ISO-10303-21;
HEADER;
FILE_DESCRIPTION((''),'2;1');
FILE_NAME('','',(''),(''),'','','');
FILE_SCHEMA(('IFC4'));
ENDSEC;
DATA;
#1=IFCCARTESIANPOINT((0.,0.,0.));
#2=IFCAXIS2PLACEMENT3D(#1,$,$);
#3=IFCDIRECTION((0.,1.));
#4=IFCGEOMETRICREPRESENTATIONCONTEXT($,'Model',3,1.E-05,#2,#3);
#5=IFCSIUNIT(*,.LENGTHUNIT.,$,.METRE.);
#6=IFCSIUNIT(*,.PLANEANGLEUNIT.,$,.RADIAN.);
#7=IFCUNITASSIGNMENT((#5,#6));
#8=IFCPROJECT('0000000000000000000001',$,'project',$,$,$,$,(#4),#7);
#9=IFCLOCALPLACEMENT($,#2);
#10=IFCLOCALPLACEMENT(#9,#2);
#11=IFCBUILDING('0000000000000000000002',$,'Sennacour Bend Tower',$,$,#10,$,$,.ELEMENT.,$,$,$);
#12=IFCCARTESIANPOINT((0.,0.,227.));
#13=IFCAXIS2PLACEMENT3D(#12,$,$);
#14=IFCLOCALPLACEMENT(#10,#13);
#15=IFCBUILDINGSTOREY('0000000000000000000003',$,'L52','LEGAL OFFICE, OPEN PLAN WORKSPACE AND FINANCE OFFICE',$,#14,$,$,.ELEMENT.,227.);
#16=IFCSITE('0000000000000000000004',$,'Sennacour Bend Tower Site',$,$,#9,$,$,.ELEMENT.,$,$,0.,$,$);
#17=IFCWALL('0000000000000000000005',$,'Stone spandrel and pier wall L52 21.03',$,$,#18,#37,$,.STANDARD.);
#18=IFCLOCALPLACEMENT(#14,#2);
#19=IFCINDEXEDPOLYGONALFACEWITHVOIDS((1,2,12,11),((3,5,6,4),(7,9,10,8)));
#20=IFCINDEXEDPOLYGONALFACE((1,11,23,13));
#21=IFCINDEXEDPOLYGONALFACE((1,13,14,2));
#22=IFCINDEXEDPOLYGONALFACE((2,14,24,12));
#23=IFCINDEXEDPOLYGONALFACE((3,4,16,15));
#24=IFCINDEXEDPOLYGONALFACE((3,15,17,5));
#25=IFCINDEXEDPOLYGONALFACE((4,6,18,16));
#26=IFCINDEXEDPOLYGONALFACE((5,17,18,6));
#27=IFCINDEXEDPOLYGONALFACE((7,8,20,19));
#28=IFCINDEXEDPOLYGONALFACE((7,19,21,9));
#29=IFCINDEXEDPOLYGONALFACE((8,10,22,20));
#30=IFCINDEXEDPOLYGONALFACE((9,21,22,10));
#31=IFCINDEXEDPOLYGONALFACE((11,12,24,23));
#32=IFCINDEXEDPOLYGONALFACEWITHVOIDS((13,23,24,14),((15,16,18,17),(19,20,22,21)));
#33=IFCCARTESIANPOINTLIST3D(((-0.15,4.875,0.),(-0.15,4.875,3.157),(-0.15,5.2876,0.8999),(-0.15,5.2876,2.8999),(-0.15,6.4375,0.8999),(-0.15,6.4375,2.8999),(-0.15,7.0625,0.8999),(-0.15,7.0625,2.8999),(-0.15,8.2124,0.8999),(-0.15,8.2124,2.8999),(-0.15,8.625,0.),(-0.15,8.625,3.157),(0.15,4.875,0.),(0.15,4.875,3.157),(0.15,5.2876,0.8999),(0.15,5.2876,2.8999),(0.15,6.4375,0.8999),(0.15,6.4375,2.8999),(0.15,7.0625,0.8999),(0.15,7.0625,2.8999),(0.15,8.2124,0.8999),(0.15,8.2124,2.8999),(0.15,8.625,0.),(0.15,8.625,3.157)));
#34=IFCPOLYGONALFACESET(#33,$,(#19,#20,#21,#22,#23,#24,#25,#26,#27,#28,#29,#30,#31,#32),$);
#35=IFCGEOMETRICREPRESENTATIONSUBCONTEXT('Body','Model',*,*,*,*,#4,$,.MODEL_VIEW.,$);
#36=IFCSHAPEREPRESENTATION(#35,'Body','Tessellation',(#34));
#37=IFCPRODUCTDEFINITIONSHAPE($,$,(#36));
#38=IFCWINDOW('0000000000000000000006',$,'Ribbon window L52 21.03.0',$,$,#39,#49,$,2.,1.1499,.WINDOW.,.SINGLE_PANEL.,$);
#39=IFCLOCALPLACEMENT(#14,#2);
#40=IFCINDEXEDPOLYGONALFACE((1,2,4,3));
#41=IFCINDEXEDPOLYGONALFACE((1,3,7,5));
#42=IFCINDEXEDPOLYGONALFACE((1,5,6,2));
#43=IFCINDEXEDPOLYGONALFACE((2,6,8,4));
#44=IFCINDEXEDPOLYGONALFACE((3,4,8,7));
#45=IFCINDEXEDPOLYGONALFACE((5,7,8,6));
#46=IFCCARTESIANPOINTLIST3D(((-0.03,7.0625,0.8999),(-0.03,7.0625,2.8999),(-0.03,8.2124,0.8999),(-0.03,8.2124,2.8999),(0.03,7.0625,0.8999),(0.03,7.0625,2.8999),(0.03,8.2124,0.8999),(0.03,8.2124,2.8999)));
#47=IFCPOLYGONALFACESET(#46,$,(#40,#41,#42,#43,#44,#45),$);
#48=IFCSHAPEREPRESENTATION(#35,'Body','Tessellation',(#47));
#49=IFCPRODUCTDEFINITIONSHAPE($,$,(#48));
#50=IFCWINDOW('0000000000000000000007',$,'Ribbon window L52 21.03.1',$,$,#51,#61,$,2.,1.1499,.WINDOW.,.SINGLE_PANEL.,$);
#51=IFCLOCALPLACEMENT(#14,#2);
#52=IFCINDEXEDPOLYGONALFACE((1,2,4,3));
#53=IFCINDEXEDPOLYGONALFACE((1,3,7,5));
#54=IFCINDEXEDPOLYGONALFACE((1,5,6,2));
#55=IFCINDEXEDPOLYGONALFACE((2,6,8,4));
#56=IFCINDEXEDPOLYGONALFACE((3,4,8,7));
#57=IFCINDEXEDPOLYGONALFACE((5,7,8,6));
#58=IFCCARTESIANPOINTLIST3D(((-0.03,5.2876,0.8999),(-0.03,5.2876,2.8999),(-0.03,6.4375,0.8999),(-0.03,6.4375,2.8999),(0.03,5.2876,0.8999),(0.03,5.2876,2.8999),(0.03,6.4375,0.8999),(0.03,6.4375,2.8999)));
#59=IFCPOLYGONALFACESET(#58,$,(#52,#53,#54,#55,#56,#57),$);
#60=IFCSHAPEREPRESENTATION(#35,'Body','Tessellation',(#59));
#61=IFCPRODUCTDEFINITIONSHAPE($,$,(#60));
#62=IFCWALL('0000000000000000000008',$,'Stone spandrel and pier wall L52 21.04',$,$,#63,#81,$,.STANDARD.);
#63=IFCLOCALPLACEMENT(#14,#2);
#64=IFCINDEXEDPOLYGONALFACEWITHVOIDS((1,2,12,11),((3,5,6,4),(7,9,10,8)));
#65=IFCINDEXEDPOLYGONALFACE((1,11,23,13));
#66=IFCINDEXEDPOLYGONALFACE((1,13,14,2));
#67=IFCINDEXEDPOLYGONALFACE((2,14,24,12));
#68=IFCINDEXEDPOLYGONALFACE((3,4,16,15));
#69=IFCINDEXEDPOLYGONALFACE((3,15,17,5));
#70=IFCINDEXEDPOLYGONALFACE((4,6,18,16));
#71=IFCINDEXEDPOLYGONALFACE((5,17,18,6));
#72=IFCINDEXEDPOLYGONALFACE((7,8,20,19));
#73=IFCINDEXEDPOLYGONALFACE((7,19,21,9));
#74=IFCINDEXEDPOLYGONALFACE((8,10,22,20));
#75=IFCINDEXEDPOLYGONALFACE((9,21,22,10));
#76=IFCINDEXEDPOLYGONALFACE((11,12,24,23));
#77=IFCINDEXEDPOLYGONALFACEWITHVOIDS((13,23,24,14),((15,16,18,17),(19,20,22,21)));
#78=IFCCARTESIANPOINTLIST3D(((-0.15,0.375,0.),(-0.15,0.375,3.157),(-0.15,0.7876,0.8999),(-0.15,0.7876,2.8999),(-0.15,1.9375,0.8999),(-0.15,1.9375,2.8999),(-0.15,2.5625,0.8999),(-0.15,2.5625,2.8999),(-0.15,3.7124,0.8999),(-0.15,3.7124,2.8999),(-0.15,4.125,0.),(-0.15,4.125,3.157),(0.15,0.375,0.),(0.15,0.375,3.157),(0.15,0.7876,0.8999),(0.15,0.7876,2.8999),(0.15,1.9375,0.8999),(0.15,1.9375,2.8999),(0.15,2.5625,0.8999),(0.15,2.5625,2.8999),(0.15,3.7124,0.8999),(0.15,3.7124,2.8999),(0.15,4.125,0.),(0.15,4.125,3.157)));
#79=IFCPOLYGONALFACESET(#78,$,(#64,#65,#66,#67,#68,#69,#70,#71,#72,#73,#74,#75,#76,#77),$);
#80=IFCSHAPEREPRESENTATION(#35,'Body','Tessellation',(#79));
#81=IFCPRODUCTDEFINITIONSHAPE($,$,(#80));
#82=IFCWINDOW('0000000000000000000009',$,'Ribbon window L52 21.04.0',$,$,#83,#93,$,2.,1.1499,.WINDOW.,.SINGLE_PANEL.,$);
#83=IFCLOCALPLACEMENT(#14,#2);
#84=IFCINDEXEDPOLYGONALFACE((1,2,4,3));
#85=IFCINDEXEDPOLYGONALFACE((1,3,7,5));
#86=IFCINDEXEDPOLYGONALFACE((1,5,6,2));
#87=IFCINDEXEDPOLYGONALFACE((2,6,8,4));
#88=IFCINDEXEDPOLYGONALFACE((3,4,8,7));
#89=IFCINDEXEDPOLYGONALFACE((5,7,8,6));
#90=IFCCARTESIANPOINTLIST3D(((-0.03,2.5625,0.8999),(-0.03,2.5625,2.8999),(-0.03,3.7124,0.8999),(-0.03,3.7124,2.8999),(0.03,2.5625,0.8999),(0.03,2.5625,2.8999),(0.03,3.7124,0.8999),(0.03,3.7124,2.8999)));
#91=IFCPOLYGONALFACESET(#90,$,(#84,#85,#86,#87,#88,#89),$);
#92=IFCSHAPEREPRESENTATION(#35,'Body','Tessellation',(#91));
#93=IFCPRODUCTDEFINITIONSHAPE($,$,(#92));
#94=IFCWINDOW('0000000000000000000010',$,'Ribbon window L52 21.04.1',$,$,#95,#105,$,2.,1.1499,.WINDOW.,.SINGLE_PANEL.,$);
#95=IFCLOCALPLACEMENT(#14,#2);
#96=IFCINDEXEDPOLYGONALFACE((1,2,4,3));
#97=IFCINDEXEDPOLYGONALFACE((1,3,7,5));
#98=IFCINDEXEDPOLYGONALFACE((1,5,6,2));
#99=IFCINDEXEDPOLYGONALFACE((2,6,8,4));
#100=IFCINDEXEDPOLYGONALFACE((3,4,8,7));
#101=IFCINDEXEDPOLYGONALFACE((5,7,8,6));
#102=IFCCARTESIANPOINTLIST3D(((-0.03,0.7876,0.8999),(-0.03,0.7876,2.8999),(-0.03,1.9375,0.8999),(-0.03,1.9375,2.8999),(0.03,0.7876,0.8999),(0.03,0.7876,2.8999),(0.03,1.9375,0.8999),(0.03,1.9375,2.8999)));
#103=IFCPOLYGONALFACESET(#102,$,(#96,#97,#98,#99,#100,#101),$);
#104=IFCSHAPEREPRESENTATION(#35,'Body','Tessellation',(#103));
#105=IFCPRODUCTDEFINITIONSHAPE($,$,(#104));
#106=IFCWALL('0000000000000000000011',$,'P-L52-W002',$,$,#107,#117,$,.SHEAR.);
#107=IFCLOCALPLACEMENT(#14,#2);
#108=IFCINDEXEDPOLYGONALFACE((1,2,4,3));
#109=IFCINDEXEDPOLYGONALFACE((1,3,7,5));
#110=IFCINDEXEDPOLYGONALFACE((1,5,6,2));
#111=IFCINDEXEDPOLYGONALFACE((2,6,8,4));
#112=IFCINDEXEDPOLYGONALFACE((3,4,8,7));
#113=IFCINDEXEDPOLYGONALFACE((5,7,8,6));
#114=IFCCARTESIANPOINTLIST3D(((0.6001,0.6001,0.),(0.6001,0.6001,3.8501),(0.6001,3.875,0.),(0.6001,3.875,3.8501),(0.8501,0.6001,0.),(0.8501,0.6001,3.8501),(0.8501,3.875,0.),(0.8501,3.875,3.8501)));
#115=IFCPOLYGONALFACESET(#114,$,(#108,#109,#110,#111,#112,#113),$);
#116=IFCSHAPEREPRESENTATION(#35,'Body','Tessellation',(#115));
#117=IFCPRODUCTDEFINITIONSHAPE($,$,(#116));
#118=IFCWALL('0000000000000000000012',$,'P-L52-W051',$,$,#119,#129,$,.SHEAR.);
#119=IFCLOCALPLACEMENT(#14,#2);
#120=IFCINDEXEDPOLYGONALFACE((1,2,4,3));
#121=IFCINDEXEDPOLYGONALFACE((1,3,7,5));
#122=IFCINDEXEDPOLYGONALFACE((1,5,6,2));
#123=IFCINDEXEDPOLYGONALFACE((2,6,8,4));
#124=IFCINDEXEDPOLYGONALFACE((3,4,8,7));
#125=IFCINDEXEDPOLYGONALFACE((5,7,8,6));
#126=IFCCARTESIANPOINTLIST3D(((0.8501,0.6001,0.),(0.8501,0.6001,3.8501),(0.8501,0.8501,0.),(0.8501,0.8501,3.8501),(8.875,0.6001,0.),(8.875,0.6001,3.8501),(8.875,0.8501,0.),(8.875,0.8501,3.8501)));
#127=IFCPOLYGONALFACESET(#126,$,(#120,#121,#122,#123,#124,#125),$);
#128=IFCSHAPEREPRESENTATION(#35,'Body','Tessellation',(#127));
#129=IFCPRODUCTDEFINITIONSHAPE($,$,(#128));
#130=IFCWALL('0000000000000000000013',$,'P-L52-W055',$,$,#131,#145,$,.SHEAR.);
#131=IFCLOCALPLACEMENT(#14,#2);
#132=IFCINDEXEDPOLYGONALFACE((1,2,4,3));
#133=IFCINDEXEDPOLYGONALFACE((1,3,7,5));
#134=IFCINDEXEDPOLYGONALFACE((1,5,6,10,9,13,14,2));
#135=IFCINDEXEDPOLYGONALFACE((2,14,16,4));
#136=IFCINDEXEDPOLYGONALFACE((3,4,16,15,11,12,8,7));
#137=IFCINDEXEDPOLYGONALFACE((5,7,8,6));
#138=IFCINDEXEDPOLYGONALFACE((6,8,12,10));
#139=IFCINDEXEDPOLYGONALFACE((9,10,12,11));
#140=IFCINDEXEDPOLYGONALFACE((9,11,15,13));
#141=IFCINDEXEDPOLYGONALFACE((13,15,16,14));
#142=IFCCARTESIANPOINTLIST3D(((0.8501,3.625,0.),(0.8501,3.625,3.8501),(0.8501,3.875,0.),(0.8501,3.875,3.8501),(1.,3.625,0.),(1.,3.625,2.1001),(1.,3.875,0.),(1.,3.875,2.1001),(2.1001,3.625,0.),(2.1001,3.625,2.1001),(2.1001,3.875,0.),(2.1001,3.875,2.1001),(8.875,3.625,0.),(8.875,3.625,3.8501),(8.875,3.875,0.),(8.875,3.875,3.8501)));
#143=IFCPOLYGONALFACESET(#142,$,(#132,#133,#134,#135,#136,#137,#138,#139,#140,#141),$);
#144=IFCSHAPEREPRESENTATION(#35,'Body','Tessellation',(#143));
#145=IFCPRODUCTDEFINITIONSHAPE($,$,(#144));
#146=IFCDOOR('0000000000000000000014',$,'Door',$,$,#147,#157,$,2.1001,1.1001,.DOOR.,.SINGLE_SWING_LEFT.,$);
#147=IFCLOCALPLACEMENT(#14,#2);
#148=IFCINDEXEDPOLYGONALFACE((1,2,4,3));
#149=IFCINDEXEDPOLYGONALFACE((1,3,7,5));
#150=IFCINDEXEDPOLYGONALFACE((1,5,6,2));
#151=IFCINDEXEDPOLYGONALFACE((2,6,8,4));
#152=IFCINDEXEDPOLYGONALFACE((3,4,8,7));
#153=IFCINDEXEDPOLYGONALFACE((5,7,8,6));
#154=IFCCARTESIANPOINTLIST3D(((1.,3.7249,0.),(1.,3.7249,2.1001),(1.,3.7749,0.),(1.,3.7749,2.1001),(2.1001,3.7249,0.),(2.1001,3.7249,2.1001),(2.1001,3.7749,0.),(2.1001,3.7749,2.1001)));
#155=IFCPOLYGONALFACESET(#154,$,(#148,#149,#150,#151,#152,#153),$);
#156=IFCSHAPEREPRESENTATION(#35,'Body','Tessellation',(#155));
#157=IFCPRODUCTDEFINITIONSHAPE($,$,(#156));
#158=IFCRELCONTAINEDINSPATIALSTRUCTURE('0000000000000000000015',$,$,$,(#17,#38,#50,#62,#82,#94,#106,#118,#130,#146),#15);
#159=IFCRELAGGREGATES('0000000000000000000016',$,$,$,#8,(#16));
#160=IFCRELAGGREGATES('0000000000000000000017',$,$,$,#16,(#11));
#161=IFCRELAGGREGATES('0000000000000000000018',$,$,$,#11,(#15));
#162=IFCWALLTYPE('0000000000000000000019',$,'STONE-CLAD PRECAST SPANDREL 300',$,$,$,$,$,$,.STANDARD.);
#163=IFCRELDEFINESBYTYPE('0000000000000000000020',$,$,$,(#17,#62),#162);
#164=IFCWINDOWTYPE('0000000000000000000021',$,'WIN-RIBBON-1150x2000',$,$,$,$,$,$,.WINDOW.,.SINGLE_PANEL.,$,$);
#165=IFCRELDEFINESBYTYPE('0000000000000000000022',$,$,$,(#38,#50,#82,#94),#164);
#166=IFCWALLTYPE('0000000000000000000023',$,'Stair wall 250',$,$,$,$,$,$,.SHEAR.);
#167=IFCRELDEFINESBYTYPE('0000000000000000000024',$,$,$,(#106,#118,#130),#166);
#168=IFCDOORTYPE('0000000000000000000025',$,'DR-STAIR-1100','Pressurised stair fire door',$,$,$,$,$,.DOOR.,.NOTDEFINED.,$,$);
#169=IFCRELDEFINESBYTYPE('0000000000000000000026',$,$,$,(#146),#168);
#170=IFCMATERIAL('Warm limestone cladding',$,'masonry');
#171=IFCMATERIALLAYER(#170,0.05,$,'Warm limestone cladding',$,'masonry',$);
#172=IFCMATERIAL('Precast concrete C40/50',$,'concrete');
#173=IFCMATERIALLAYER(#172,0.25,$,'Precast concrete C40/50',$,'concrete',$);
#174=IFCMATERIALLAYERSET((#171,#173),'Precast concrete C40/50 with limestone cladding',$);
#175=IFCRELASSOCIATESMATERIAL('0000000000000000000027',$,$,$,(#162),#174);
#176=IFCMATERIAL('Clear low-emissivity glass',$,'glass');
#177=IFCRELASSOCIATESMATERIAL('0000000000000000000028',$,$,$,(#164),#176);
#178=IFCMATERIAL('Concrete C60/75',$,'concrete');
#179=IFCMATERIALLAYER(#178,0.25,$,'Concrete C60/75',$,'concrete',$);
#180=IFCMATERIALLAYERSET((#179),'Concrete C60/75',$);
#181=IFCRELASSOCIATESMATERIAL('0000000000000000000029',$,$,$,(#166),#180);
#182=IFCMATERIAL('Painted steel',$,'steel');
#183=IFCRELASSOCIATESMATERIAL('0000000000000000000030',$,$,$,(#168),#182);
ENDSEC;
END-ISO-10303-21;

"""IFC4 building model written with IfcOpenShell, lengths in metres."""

from ifc_helpers import new_model, si_unit, direction, frame, frame_2d, origin, place, context, subcontext, project, spatial, rectangle, extrude, material, layer, layer_set, type_object, element, fill, save


model = new_model("IFC4")

# Units and contexts
model_context = context("Model", 3, precision=1e-05, world=origin(), true_north=direction((0.0, 1.0)))
body_context = subcontext(model_context, "Body", "Model", "MODEL_VIEW")
ifc_project = project(units=[si_unit("LENGTHUNIT", "METRE"), si_unit("PLANEANGLEUNIT", "RADIAN")], contexts=[model_context])

# Site, building, storey
site_placement = place(None, origin())
site = spatial("IfcSite", under=ifc_project, at=site_placement, Name="Sennacour Bend Tower Site", CompositionType="ELEMENT", RefElevation=0.0)
building_placement = place(site_placement, origin())
building = spatial("IfcBuilding", under=site, at=building_placement, Name="Sennacour Bend Tower", CompositionType="ELEMENT")
storey_placement = place(building_placement, frame((0.0, 0.0, 227.0)))
storey = spatial("IfcBuildingStorey", under=building, at=storey_placement, Name="L52", Description="LEGAL OFFICE, OPEN PLAN WORKSPACE AND FINANCE OFFICE", CompositionType="ELEMENT", Elevation=227.0)

# Shared definitions
ifc_material_1 = material(Name="Painted steel", Category="steel")

# Walls, openings, windows
ifc_material_2 = material(Name="Warm limestone cladding", Category="masonry")
ifc_layer_1 = layer(ifc_material_2, 0.05, Name="Warm limestone cladding", Category="masonry")
ifc_material_3 = material(Name="Precast concrete C40/50", Category="concrete")
ifc_layer_2 = layer(ifc_material_3, 0.25, Name="Precast concrete C40/50", Category="concrete")
ifc_layer_set_1 = layer_set([ifc_layer_1, ifc_layer_2], Name="Precast concrete C40/50 with limestone cladding")
wall_type_1 = type_object("IfcWallType", Name="STONE-CLAD PRECAST SPANDREL 300", PredefinedType="STANDARD", material=ifc_layer_set_1)
wall_1_placement = place(storey_placement, frame((0.0, 8.625, 0.0), z_axis=(0.0, 0.0, 1.0), x_axis=(0.0, -1.0, 0.0)))
wall_1 = element("IfcWall", 1, at=wall_1_placement, inside=storey, type_object=wall_type_1, Name="Stone spandrel and pier wall L52 21.03", PredefinedType="STANDARD", context=body_context, shape_type="SweptSolid", body=[
    extrude(rectangle(XDim=3.75, YDim=0.3, at=frame_2d((1.875, 0.0))), origin(), (0.0, 0.0, 1.0), 3.157),
])
opening_1_placement = place(wall_1_placement, frame((0.4126, 0.0, 0.8999)))
opening_1 = element("IfcOpeningElement", 2, at=opening_1_placement, cuts=wall_1, PredefinedType="OPENING", context=body_context, shape_type="SweptSolid", body=[
    extrude(rectangle(XDim=1.1499, YDim=2.0, at=frame_2d((0.575, 1.0))), frame((0.0, 0.1602, 0.0), z_axis=(0.0, -1.0, 0.0), x_axis=(1.0, 0.0, 0.0)), (0.0, 0.0, 1.0), 0.3201),
])
opening_2_placement = place(wall_1_placement, frame((2.1875, 0.0, 0.8999)))
opening_2 = element("IfcOpeningElement", 3, at=opening_2_placement, cuts=wall_1, PredefinedType="OPENING", context=body_context, shape_type="SweptSolid", body=[
    extrude(rectangle(XDim=1.1499, YDim=2.0, at=frame_2d((0.575, 1.0))), frame((0.0, 0.1602, 0.0), z_axis=(0.0, -1.0, 0.0), x_axis=(1.0, 0.0, 0.0)), (0.0, 0.0, 1.0), 0.3201),
])
ifc_material_4 = material(Name="Clear low-emissivity glass", Category="glass")
window_type = type_object("IfcWindowType", Name="WIN-RIBBON-1150x2000", PartitioningType="SINGLE_PANEL", PredefinedType="WINDOW", material=ifc_material_4)
window_1_placement = place(opening_1_placement, origin())
window_1 = element("IfcWindow", 4, at=window_1_placement, inside=storey, type_object=window_type, Name="Ribbon window L52 21.03.0", OverallHeight=2.0, OverallWidth=1.1499, PartitioningType="SINGLE_PANEL", PredefinedType="WINDOW", context=body_context, shape_type="SweptSolid", body=[
    extrude(rectangle(XDim=1.1499, YDim=2.0, at=frame_2d((0.575, 1.0))), frame((0.0, 0.03, 0.0), z_axis=(0.0, -1.0, 0.0), x_axis=(1.0, 0.0, 0.0)), (0.0, 0.0, 1.0), 0.0601),
])
fill(opening_1, window_1)
window_2_placement = place(opening_2_placement, origin())
window_2 = element("IfcWindow", 5, at=window_2_placement, inside=storey, type_object=window_type, Name="Ribbon window L52 21.03.1", OverallHeight=2.0, OverallWidth=1.1499, PartitioningType="SINGLE_PANEL", PredefinedType="WINDOW", context=body_context, shape_type="SweptSolid", body=[
    extrude(rectangle(XDim=1.1499, YDim=2.0, at=frame_2d((0.575, 1.0))), frame((0.0, 0.03, 0.0), z_axis=(0.0, -1.0, 0.0), x_axis=(1.0, 0.0, 0.0)), (0.0, 0.0, 1.0), 0.0601),
])
fill(opening_2, window_2)
wall_2_placement = place(storey_placement, frame((0.0, 4.125, 0.0), z_axis=(0.0, 0.0, 1.0), x_axis=(0.0, -1.0, 0.0)))
wall_2 = element("IfcWall", 6, at=wall_2_placement, inside=storey, type_object=wall_type_1, Name="Stone spandrel and pier wall L52 21.04", PredefinedType="STANDARD", context=body_context, shape_type="SweptSolid", body=[
    extrude(rectangle(XDim=3.75, YDim=0.3, at=frame_2d((1.875, 0.0))), origin(), (0.0, 0.0, 1.0), 3.157),
])
opening_3_placement = place(wall_2_placement, frame((0.4126, 0.0, 0.8999)))
opening_3 = element("IfcOpeningElement", 7, at=opening_3_placement, cuts=wall_2, PredefinedType="OPENING", context=body_context, shape_type="SweptSolid", body=[
    extrude(rectangle(XDim=1.1499, YDim=2.0, at=frame_2d((0.575, 1.0))), frame((0.0, 0.1602, 0.0), z_axis=(0.0, -1.0, 0.0), x_axis=(1.0, 0.0, 0.0)), (0.0, 0.0, 1.0), 0.3201),
])
opening_4_placement = place(wall_2_placement, frame((2.1875, 0.0, 0.8999)))
opening_4 = element("IfcOpeningElement", 8, at=opening_4_placement, cuts=wall_2, PredefinedType="OPENING", context=body_context, shape_type="SweptSolid", body=[
    extrude(rectangle(XDim=1.1499, YDim=2.0, at=frame_2d((0.575, 1.0))), frame((0.0, 0.1602, 0.0), z_axis=(0.0, -1.0, 0.0), x_axis=(1.0, 0.0, 0.0)), (0.0, 0.0, 1.0), 0.3201),
])
window_3_placement = place(opening_3_placement, origin())
window_3 = element("IfcWindow", 9, at=window_3_placement, inside=storey, type_object=window_type, Name="Ribbon window L52 21.04.0", OverallHeight=2.0, OverallWidth=1.1499, PartitioningType="SINGLE_PANEL", PredefinedType="WINDOW", context=body_context, shape_type="SweptSolid", body=[
    extrude(rectangle(XDim=1.1499, YDim=2.0, at=frame_2d((0.575, 1.0))), frame((0.0, 0.03, 0.0), z_axis=(0.0, -1.0, 0.0), x_axis=(1.0, 0.0, 0.0)), (0.0, 0.0, 1.0), 0.0601),
])
fill(opening_3, window_3)
window_4_placement = place(opening_4_placement, origin())
window_4 = element("IfcWindow", 10, at=window_4_placement, inside=storey, type_object=window_type, Name="Ribbon window L52 21.04.1", OverallHeight=2.0, OverallWidth=1.1499, PartitioningType="SINGLE_PANEL", PredefinedType="WINDOW", context=body_context, shape_type="SweptSolid", body=[
    extrude(rectangle(XDim=1.1499, YDim=2.0, at=frame_2d((0.575, 1.0))), frame((0.0, 0.03, 0.0), z_axis=(0.0, -1.0, 0.0), x_axis=(1.0, 0.0, 0.0)), (0.0, 0.0, 1.0), 0.0601),
])
fill(opening_4, window_4)

# Walls
ifc_material_5 = material(Name="Concrete C60/75", Category="concrete")
ifc_layer_3 = layer(ifc_material_5, 0.25, Name="Concrete C60/75", Category="concrete")
ifc_layer_set_2 = layer_set([ifc_layer_3], Name="Concrete C60/75")
wall_type_2 = type_object("IfcWallType", Name="Stair wall 250", PredefinedType="SHEAR", material=ifc_layer_set_2)
wall_3_placement = place(storey_placement, frame((0.7251, 0.6001, 0.0), z_axis=(0.0, 0.0, 1.0), x_axis=(0.0, 1.0, 0.0)))
element("IfcWall", 11, at=wall_3_placement, inside=storey, type_object=wall_type_2, Name="P-L52-W002", PredefinedType="SHEAR", context=body_context, shape_type="SweptSolid", body=[
    extrude(rectangle(XDim=3.2749, YDim=0.25, at=frame_2d((1.6375, 0.0))), origin(), (0.0, 0.0, 1.0), 3.8501),
])
wall_4_placement = place(storey_placement, frame((0.8501, 0.7251, 0.0), z_axis=(0.0, 0.0, 1.0), x_axis=(1.0, 0.0, 0.0)))
element("IfcWall", 12, at=wall_4_placement, inside=storey, type_object=wall_type_2, Name="P-L52-W051", PredefinedType="SHEAR", context=body_context, shape_type="SweptSolid", body=[
    extrude(rectangle(XDim=8.0249, YDim=0.25, at=frame_2d((4.0125, 0.0))), origin(), (0.0, 0.0, 1.0), 3.8501),
])

# Wall, opening, door
wall_5_placement = place(storey_placement, frame((0.8501, 3.75, 0.0), z_axis=(0.0, 0.0, 1.0), x_axis=(1.0, 0.0, 0.0)))
wall_5 = element("IfcWall", 13, at=wall_5_placement, inside=storey, type_object=wall_type_2, Name="P-L52-W055", PredefinedType="SHEAR", context=body_context, shape_type="SweptSolid", body=[
    extrude(rectangle(XDim=8.0249, YDim=0.25, at=frame_2d((4.0125, 0.0))), origin(), (0.0, 0.0, 1.0), 3.8501),
])
opening_5_placement = place(wall_5_placement, frame((0.1499, 0.0, 0.0)))
opening_5 = element("IfcOpeningElement", 14, at=opening_5_placement, cuts=wall_5, PredefinedType="OPENING", context=body_context, shape_type="SweptSolid", body=[
    extrude(rectangle(XDim=1.1001, YDim=2.1001, at=frame_2d((0.55, 1.05))), frame((0.0, 0.135, 0.0), z_axis=(0.0, -1.0, 0.0), x_axis=(1.0, 0.0, 0.0)), (0.0, 0.0, 1.0), 0.27),
])
door_type_1 = type_object("IfcDoorType", Name="DR-STAIR-1100", Description="Pressurised stair fire door", OperationType="NOTDEFINED", PredefinedType="DOOR", material=ifc_material_1)
door_1_placement = place(opening_5_placement, origin())
door_1 = element("IfcDoor", 15, at=door_1_placement, inside=storey, type_object=door_type_1, Name="Door", OperationType="SINGLE_SWING_LEFT", OverallHeight=2.1001, OverallWidth=1.1001, PredefinedType="DOOR", context=body_context, shape_type="SweptSolid", body=[
    extrude(rectangle(XDim=1.1001, YDim=2.1001, at=frame_2d((0.55, 1.05))), frame((0.0, 0.0249, 0.0), z_axis=(0.0, -1.0, 0.0), x_axis=(1.0, 0.0, 0.0)), (0.0, 0.0, 1.0), 0.05),
])
fill(opening_5, door_1)

save(model, "model.ifc")
